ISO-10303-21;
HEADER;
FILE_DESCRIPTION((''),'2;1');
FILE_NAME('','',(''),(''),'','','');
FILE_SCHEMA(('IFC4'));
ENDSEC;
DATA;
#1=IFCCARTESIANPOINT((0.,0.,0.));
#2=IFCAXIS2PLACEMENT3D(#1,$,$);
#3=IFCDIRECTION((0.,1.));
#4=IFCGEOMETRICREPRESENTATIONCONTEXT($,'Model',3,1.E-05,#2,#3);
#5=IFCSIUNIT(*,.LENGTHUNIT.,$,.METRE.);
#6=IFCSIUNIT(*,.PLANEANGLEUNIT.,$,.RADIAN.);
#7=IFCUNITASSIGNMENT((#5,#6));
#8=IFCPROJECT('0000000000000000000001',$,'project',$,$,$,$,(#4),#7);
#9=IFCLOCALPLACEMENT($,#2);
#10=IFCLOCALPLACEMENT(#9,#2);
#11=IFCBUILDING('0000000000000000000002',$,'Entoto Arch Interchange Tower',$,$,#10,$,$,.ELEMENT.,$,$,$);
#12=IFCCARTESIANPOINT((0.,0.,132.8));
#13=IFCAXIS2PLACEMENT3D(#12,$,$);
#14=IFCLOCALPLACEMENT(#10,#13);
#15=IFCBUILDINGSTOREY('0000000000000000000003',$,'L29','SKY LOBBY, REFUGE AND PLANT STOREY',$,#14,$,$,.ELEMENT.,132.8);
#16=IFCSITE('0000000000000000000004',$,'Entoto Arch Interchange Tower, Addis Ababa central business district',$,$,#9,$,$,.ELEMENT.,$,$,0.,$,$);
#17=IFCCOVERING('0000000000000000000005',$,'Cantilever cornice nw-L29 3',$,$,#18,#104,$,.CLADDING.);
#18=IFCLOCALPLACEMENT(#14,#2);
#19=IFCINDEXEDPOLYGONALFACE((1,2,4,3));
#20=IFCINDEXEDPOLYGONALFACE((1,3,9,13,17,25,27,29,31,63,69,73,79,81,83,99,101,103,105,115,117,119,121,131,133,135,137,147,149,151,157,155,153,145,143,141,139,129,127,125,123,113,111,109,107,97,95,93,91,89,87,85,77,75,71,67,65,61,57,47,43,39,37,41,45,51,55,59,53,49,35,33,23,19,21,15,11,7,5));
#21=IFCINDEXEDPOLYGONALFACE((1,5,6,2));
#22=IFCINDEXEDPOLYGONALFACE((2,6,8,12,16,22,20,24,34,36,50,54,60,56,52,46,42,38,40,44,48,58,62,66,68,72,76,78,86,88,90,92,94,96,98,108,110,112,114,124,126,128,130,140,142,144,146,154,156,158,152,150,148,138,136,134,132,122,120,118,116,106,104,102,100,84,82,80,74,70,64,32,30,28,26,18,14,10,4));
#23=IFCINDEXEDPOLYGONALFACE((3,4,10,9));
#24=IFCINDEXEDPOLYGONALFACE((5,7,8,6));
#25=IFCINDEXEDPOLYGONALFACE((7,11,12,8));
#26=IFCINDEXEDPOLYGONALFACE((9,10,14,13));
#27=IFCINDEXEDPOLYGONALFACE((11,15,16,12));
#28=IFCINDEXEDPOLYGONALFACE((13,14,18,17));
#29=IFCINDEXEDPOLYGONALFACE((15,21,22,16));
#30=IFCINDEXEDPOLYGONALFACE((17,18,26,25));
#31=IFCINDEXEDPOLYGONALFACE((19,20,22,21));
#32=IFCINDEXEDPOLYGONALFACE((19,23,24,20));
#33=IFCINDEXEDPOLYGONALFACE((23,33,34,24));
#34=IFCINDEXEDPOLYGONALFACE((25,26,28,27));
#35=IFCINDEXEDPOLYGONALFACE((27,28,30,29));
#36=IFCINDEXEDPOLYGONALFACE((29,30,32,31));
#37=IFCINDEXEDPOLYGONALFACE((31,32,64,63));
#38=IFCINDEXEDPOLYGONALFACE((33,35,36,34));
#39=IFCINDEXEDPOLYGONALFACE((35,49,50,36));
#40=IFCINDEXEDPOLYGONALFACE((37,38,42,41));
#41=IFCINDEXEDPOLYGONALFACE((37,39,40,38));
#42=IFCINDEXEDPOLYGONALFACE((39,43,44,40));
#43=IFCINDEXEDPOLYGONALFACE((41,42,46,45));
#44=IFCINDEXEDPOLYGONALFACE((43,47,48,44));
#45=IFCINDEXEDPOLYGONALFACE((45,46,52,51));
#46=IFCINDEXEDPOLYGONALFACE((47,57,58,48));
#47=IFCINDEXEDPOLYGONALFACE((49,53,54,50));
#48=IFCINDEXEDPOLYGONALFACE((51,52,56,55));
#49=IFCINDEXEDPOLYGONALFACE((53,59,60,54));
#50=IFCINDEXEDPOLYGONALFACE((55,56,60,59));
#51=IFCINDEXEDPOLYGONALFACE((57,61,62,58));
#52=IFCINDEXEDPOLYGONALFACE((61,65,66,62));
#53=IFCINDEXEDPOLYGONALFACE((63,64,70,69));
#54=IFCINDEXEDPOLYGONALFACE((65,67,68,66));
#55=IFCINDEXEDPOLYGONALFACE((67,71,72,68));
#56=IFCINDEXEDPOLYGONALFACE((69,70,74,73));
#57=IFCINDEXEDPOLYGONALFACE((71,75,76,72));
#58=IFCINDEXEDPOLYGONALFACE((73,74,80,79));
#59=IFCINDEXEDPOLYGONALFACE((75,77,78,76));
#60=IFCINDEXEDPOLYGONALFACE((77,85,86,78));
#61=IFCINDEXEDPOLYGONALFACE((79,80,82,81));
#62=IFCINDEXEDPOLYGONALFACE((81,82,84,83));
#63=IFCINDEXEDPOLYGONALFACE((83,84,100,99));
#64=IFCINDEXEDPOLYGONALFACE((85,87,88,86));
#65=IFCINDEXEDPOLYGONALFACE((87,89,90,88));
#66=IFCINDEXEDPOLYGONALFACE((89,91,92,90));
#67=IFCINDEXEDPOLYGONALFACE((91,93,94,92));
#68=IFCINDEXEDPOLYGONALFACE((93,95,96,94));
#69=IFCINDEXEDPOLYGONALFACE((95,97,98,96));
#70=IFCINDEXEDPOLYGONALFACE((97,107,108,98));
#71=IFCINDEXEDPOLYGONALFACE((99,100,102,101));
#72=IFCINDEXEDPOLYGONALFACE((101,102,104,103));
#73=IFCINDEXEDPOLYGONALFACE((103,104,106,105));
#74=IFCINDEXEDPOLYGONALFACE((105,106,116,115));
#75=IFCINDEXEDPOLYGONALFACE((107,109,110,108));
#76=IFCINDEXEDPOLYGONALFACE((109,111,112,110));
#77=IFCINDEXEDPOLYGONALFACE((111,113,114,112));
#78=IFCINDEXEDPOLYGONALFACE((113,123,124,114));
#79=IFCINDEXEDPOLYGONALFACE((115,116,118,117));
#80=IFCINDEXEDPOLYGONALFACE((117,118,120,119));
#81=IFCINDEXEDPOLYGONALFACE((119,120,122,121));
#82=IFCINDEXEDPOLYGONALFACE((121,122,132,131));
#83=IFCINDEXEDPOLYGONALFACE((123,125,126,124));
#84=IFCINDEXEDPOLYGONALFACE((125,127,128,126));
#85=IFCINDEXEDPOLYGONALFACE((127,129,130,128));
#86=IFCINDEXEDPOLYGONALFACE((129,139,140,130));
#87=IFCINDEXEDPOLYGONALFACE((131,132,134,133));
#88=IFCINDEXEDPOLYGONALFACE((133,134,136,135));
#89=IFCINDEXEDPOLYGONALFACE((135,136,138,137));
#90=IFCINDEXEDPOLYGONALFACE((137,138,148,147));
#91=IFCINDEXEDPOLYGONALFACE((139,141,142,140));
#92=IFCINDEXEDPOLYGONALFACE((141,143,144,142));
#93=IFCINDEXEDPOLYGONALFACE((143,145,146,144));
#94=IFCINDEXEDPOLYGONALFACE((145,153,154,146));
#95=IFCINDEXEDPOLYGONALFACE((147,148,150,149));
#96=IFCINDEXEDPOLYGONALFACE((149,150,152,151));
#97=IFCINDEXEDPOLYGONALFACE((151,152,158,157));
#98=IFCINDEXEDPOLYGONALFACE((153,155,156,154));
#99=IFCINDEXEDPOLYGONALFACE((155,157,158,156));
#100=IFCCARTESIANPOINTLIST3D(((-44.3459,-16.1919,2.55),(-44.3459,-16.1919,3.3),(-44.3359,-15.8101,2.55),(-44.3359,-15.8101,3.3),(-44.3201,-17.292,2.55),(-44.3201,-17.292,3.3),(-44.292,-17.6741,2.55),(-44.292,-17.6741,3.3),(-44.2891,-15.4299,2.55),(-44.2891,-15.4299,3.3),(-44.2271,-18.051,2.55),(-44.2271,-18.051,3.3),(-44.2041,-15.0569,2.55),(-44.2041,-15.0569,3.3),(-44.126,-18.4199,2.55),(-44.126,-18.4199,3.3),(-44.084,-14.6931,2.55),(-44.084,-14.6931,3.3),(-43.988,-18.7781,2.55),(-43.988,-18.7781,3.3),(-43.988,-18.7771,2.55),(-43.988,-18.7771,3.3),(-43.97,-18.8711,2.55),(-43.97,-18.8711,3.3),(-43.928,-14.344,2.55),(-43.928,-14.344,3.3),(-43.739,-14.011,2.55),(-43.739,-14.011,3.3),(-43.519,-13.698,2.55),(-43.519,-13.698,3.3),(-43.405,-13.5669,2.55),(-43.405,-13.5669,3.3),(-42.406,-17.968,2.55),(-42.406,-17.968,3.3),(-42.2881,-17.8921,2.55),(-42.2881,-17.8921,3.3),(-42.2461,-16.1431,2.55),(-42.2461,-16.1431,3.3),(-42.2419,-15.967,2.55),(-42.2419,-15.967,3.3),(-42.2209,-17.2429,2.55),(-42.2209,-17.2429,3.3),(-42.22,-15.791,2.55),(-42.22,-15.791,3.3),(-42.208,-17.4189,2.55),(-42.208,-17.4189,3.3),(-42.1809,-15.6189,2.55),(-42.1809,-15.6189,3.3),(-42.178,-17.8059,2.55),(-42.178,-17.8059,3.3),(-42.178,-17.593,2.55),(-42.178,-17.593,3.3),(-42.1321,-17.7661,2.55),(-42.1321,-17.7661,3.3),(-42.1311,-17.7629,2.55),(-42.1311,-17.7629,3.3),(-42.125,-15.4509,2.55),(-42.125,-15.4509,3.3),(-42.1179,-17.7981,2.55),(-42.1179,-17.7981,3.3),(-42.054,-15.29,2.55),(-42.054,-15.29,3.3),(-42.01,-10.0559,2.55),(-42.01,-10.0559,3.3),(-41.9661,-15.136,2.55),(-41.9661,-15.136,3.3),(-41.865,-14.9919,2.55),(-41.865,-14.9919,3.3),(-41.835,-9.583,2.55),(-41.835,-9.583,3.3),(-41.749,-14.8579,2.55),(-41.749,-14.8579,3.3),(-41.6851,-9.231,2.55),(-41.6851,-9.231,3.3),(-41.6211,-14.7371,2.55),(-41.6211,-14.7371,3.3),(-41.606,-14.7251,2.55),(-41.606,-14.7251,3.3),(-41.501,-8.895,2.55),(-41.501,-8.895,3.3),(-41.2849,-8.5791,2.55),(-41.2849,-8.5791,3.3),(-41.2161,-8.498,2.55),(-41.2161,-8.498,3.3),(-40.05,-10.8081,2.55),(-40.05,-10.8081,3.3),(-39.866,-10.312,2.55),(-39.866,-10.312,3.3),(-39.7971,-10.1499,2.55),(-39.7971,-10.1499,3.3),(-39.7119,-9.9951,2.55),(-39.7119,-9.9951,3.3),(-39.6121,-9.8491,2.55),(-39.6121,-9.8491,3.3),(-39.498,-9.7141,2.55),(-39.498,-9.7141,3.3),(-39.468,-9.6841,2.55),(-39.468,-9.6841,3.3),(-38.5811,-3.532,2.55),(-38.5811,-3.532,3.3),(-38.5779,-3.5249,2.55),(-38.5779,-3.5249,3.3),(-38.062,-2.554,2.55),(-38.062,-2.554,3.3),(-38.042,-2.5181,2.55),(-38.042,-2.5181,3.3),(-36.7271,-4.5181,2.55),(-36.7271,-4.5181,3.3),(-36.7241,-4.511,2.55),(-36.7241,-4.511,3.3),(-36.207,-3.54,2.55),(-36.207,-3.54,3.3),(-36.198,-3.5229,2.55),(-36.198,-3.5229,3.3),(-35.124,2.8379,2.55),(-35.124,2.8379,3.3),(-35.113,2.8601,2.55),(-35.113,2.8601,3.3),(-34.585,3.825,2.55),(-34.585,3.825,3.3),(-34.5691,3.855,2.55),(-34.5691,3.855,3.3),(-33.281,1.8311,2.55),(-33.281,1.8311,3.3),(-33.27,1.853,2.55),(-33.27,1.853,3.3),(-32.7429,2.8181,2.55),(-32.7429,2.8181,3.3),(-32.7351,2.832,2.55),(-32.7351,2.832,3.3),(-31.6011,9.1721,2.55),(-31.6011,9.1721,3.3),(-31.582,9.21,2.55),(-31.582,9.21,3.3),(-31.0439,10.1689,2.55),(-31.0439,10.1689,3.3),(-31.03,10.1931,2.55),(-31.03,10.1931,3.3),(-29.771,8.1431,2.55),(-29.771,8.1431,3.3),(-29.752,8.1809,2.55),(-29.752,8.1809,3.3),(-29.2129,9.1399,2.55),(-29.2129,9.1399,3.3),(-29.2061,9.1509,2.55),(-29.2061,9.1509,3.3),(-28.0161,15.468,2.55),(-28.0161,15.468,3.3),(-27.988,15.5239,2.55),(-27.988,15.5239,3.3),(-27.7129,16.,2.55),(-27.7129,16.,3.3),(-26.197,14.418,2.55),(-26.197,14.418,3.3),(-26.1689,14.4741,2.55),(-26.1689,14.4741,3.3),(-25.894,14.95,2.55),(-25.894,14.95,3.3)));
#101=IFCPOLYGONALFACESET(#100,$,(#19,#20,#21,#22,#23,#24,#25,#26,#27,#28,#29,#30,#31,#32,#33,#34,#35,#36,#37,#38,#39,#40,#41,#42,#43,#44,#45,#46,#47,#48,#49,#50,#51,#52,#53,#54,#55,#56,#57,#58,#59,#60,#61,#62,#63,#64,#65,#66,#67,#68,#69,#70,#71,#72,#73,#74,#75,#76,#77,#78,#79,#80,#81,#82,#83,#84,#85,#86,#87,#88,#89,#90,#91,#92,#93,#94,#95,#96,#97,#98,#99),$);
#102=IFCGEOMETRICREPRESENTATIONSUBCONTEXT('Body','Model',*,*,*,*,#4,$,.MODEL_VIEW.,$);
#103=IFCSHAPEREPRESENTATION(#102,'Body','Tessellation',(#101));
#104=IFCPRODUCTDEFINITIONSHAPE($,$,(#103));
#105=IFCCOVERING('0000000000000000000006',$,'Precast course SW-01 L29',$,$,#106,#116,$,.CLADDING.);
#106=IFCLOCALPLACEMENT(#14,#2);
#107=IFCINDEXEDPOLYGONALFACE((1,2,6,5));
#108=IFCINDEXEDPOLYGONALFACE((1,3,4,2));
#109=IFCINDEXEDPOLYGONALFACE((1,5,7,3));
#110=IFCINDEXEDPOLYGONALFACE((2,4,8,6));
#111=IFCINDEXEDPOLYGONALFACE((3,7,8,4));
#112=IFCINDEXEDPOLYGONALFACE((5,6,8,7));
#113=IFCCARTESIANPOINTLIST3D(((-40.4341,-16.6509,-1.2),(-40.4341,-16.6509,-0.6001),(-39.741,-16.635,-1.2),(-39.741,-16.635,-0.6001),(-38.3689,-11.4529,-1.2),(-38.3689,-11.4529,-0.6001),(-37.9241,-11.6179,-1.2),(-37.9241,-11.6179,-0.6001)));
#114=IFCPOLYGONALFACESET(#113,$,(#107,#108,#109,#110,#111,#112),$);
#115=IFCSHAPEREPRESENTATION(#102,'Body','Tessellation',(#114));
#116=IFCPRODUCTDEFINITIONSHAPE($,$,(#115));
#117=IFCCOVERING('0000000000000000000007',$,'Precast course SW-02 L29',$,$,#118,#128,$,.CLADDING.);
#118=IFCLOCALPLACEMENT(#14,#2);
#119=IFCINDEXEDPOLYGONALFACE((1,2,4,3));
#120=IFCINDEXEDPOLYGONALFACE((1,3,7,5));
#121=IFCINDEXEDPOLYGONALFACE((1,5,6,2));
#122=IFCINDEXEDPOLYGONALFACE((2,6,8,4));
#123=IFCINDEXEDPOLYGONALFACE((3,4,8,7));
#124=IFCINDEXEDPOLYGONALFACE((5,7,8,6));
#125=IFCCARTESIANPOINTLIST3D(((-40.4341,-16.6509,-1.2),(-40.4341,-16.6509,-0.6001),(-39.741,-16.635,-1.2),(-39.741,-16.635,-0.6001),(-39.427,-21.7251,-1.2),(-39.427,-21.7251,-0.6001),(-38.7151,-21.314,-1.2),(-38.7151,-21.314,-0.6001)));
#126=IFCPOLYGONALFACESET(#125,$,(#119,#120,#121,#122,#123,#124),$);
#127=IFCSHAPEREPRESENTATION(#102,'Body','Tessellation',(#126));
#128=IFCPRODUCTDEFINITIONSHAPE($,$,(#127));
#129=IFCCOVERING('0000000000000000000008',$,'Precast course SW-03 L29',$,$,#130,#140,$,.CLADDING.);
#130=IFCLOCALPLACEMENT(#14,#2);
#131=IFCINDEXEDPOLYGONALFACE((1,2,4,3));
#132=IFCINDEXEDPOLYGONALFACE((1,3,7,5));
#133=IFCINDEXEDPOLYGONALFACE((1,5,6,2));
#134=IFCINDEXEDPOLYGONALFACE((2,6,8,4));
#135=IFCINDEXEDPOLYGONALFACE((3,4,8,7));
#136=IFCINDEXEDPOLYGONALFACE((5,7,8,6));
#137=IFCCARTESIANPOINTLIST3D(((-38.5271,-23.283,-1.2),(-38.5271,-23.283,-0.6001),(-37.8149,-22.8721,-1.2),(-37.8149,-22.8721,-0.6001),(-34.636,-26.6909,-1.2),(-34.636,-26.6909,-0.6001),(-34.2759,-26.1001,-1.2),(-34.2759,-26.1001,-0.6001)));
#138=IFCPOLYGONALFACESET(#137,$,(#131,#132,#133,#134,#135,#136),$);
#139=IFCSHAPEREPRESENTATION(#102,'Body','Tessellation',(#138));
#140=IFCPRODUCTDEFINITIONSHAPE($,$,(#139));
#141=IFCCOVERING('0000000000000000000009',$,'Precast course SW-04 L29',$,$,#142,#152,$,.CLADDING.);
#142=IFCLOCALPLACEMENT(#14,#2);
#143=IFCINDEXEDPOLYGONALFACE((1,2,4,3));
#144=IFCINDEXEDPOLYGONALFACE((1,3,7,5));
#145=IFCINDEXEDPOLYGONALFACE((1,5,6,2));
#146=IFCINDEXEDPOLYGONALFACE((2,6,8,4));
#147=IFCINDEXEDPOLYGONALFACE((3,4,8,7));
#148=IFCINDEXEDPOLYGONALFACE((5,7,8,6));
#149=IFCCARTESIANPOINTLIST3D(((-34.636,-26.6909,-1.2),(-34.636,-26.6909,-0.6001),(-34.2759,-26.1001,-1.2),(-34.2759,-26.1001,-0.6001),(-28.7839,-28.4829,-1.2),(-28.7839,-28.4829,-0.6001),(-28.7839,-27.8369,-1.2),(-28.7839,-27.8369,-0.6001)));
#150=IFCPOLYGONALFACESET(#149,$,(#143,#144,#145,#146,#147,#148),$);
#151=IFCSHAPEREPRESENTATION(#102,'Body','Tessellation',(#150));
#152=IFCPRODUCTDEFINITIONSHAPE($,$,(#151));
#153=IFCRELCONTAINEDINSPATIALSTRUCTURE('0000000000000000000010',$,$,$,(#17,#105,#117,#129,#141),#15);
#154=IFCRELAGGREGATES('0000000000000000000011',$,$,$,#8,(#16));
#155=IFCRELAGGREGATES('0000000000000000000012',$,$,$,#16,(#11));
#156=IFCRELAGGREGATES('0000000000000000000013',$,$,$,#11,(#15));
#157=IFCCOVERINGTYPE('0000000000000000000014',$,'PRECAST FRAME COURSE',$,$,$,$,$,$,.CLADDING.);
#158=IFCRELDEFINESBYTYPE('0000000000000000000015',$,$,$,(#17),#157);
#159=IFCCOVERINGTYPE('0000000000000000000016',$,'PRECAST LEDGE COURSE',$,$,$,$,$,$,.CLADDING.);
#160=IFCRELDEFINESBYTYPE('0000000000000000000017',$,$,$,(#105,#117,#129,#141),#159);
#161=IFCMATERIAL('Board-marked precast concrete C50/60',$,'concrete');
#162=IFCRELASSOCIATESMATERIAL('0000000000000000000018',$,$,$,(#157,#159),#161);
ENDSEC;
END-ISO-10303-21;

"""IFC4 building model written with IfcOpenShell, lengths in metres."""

from ifc_helpers import new_model, si_unit, direction, frame, origin, place, context, subcontext, project, spatial, polyline, outline, extrude, material, type_object, element, save


model = new_model("IFC4")

# Units and contexts
model_context = context("Model", 3, precision=1e-05, world=origin(), true_north=direction((0.0, 1.0)))
body_context = subcontext(model_context, "Body", "Model", "MODEL_VIEW")
ifc_project = project(units=[si_unit("LENGTHUNIT", "METRE"), si_unit("PLANEANGLEUNIT", "RADIAN")], contexts=[model_context])

# Site, building, storey
site_placement = place(None, origin())
site = spatial("IfcSite", under=ifc_project, at=site_placement, Name="Entoto Arch Interchange Tower, Addis Ababa central business district", CompositionType="ELEMENT", RefElevation=0.0)
building_placement = place(site_placement, origin())
building = spatial("IfcBuilding", under=site, at=building_placement, Name="Entoto Arch Interchange Tower", CompositionType="ELEMENT")
storey_placement = place(building_placement, frame((0.0, 0.0, 132.8)))
storey = spatial("IfcBuildingStorey", under=building, at=storey_placement, Name="L29", Description="SKY LOBBY, REFUGE AND PLANT STOREY", CompositionType="ELEMENT", Elevation=132.8)

# Coverings
ifc_material_1 = material(Name="Board-marked precast concrete C50/60", Category="concrete")
covering_type_1 = type_object("IfcCoveringType", Name="PRECAST FRAME COURSE", PredefinedType="CLADDING", material=ifc_material_1)
covering_1_placement = place(storey_placement, frame((0.0, 0.0, 2.55)))
element("IfcCovering", 1, at=covering_1_placement, inside=storey, type_object=covering_type_1, Name="Cantilever cornice nw-L29 3", PredefinedType="CLADDING", context=body_context, shape_type="SweptSolid", body=[
    extrude(outline(polyline([(-42.2881, -17.8921), (-42.406, -17.968), (-43.97, -18.8711), (-43.988, -18.7781), (-43.988, -18.7771), (-44.126, -18.4199), (-44.2271, -18.051), (-44.292, -17.6741), (-44.3201, -17.292), (-44.3459, -16.1919), (-44.3359, -15.8101), (-44.2891, -15.4299), (-44.2041, -15.0569), (-44.084, -14.6931), (-43.928, -14.344), (-43.739, -14.011), (-43.519, -13.698), (-43.405, -13.5669), (-42.01, -10.0559), (-41.835, -9.583), (-41.6851, -9.231), (-41.501, -8.895), (-41.2849, -8.5791), (-41.2161, -8.498), (-38.5811, -3.532), (-38.5779, -3.5249), (-38.062, -2.554), (-38.042, -2.5181), (-35.124, 2.8379), (-35.113, 2.8601), (-34.585, 3.825), (-34.5691, 3.855), (-31.6011, 9.1721), (-31.582, 9.21), (-31.0439, 10.1689), (-31.03, 10.1931), (-28.0161, 15.468), (-27.988, 15.5239), (-27.7129, 16.0), (-25.894, 14.95), (-26.1689, 14.4741), (-26.197, 14.418), (-29.2061, 9.1509), (-29.2129, 9.1399), (-29.752, 8.1809), (-29.771, 8.1431), (-32.7351, 2.832), (-32.7429, 2.8181), (-33.27, 1.853), (-33.281, 1.8311), (-36.198, -3.5229), (-36.207, -3.54), (-36.7241, -4.511), (-36.7271, -4.5181), (-39.468, -9.6841), (-39.498, -9.7141), (-39.6121, -9.8491), (-39.7119, -9.9951), (-39.7971, -10.1499), (-39.866, -10.312), (-40.05, -10.8081), (-41.606, -14.7251), (-41.6211, -14.7371), (-41.749, -14.8579), (-41.865, -14.9919), (-41.9661, -15.136), (-42.054, -15.29), (-42.125, -15.4509), (-42.1809, -15.6189), (-42.22, -15.791), (-42.2419, -15.967), (-42.2461, -16.1431), (-42.2209, -17.2429), (-42.208, -17.4189), (-42.178, -17.593), (-42.1311, -17.7629), (-42.1179, -17.7981), (-42.1321, -17.7661), (-42.178, -17.8059), (-42.2881, -17.8921)])), origin(), (0.0, 0.0, 1.0), 0.75),
])
covering_type_2 = type_object("IfcCoveringType", Name="PRECAST LEDGE COURSE", PredefinedType="CLADDING", material=ifc_material_1)
covering_2_placement = place(storey_placement, frame((0.0, 0.0, -1.2)))
element("IfcCovering", 2, at=covering_2_placement, inside=storey, type_object=covering_type_2, Name="Precast course SW-01 L29", PredefinedType="CLADDING", context=body_context, shape_type="SweptSolid", body=[
    extrude(outline(polyline([(-39.741, -16.635), (-40.4341, -16.6509), (-38.3689, -11.4529), (-37.9241, -11.6179), (-39.741, -16.635)])), origin(), (0.0, 0.0, 1.0), 0.5999),
])
covering_3_placement = place(storey_placement, frame((0.0, 0.0, -1.2)))
element("IfcCovering", 3, at=covering_3_placement, inside=storey, type_object=covering_type_2, Name="Precast course SW-02 L29", PredefinedType="CLADDING", context=body_context, shape_type="SweptSolid", body=[
    extrude(outline(polyline([(-38.7151, -21.314), (-39.427, -21.7251), (-40.4341, -16.6509), (-39.741, -16.635), (-38.7151, -21.314)])), origin(), (0.0, 0.0, 1.0), 0.5999),
])
covering_4_placement = place(storey_placement, frame((0.0, 0.0, -1.2)))
element("IfcCovering", 4, at=covering_4_placement, inside=storey, type_object=covering_type_2, Name="Precast course SW-03 L29", PredefinedType="CLADDING", context=body_context, shape_type="SweptSolid", body=[
    extrude(outline(polyline([(-34.2759, -26.1001), (-34.636, -26.6909), (-38.5271, -23.283), (-37.8149, -22.8721), (-34.2759, -26.1001)])), origin(), (0.0, 0.0, 1.0), 0.5999),
])
covering_5_placement = place(storey_placement, frame((0.0, 0.0, -1.2)))
element("IfcCovering", 5, at=covering_5_placement, inside=storey, type_object=covering_type_2, Name="Precast course SW-04 L29", PredefinedType="CLADDING", context=body_context, shape_type="SweptSolid", body=[
    extrude(outline(polyline([(-28.7839, -27.8369), (-28.7839, -28.4829), (-34.636, -26.6909), (-34.2759, -26.1001), (-28.7839, -27.8369)])), origin(), (0.0, 0.0, 1.0), 0.5999),
])

save(model, "model.ifc")
